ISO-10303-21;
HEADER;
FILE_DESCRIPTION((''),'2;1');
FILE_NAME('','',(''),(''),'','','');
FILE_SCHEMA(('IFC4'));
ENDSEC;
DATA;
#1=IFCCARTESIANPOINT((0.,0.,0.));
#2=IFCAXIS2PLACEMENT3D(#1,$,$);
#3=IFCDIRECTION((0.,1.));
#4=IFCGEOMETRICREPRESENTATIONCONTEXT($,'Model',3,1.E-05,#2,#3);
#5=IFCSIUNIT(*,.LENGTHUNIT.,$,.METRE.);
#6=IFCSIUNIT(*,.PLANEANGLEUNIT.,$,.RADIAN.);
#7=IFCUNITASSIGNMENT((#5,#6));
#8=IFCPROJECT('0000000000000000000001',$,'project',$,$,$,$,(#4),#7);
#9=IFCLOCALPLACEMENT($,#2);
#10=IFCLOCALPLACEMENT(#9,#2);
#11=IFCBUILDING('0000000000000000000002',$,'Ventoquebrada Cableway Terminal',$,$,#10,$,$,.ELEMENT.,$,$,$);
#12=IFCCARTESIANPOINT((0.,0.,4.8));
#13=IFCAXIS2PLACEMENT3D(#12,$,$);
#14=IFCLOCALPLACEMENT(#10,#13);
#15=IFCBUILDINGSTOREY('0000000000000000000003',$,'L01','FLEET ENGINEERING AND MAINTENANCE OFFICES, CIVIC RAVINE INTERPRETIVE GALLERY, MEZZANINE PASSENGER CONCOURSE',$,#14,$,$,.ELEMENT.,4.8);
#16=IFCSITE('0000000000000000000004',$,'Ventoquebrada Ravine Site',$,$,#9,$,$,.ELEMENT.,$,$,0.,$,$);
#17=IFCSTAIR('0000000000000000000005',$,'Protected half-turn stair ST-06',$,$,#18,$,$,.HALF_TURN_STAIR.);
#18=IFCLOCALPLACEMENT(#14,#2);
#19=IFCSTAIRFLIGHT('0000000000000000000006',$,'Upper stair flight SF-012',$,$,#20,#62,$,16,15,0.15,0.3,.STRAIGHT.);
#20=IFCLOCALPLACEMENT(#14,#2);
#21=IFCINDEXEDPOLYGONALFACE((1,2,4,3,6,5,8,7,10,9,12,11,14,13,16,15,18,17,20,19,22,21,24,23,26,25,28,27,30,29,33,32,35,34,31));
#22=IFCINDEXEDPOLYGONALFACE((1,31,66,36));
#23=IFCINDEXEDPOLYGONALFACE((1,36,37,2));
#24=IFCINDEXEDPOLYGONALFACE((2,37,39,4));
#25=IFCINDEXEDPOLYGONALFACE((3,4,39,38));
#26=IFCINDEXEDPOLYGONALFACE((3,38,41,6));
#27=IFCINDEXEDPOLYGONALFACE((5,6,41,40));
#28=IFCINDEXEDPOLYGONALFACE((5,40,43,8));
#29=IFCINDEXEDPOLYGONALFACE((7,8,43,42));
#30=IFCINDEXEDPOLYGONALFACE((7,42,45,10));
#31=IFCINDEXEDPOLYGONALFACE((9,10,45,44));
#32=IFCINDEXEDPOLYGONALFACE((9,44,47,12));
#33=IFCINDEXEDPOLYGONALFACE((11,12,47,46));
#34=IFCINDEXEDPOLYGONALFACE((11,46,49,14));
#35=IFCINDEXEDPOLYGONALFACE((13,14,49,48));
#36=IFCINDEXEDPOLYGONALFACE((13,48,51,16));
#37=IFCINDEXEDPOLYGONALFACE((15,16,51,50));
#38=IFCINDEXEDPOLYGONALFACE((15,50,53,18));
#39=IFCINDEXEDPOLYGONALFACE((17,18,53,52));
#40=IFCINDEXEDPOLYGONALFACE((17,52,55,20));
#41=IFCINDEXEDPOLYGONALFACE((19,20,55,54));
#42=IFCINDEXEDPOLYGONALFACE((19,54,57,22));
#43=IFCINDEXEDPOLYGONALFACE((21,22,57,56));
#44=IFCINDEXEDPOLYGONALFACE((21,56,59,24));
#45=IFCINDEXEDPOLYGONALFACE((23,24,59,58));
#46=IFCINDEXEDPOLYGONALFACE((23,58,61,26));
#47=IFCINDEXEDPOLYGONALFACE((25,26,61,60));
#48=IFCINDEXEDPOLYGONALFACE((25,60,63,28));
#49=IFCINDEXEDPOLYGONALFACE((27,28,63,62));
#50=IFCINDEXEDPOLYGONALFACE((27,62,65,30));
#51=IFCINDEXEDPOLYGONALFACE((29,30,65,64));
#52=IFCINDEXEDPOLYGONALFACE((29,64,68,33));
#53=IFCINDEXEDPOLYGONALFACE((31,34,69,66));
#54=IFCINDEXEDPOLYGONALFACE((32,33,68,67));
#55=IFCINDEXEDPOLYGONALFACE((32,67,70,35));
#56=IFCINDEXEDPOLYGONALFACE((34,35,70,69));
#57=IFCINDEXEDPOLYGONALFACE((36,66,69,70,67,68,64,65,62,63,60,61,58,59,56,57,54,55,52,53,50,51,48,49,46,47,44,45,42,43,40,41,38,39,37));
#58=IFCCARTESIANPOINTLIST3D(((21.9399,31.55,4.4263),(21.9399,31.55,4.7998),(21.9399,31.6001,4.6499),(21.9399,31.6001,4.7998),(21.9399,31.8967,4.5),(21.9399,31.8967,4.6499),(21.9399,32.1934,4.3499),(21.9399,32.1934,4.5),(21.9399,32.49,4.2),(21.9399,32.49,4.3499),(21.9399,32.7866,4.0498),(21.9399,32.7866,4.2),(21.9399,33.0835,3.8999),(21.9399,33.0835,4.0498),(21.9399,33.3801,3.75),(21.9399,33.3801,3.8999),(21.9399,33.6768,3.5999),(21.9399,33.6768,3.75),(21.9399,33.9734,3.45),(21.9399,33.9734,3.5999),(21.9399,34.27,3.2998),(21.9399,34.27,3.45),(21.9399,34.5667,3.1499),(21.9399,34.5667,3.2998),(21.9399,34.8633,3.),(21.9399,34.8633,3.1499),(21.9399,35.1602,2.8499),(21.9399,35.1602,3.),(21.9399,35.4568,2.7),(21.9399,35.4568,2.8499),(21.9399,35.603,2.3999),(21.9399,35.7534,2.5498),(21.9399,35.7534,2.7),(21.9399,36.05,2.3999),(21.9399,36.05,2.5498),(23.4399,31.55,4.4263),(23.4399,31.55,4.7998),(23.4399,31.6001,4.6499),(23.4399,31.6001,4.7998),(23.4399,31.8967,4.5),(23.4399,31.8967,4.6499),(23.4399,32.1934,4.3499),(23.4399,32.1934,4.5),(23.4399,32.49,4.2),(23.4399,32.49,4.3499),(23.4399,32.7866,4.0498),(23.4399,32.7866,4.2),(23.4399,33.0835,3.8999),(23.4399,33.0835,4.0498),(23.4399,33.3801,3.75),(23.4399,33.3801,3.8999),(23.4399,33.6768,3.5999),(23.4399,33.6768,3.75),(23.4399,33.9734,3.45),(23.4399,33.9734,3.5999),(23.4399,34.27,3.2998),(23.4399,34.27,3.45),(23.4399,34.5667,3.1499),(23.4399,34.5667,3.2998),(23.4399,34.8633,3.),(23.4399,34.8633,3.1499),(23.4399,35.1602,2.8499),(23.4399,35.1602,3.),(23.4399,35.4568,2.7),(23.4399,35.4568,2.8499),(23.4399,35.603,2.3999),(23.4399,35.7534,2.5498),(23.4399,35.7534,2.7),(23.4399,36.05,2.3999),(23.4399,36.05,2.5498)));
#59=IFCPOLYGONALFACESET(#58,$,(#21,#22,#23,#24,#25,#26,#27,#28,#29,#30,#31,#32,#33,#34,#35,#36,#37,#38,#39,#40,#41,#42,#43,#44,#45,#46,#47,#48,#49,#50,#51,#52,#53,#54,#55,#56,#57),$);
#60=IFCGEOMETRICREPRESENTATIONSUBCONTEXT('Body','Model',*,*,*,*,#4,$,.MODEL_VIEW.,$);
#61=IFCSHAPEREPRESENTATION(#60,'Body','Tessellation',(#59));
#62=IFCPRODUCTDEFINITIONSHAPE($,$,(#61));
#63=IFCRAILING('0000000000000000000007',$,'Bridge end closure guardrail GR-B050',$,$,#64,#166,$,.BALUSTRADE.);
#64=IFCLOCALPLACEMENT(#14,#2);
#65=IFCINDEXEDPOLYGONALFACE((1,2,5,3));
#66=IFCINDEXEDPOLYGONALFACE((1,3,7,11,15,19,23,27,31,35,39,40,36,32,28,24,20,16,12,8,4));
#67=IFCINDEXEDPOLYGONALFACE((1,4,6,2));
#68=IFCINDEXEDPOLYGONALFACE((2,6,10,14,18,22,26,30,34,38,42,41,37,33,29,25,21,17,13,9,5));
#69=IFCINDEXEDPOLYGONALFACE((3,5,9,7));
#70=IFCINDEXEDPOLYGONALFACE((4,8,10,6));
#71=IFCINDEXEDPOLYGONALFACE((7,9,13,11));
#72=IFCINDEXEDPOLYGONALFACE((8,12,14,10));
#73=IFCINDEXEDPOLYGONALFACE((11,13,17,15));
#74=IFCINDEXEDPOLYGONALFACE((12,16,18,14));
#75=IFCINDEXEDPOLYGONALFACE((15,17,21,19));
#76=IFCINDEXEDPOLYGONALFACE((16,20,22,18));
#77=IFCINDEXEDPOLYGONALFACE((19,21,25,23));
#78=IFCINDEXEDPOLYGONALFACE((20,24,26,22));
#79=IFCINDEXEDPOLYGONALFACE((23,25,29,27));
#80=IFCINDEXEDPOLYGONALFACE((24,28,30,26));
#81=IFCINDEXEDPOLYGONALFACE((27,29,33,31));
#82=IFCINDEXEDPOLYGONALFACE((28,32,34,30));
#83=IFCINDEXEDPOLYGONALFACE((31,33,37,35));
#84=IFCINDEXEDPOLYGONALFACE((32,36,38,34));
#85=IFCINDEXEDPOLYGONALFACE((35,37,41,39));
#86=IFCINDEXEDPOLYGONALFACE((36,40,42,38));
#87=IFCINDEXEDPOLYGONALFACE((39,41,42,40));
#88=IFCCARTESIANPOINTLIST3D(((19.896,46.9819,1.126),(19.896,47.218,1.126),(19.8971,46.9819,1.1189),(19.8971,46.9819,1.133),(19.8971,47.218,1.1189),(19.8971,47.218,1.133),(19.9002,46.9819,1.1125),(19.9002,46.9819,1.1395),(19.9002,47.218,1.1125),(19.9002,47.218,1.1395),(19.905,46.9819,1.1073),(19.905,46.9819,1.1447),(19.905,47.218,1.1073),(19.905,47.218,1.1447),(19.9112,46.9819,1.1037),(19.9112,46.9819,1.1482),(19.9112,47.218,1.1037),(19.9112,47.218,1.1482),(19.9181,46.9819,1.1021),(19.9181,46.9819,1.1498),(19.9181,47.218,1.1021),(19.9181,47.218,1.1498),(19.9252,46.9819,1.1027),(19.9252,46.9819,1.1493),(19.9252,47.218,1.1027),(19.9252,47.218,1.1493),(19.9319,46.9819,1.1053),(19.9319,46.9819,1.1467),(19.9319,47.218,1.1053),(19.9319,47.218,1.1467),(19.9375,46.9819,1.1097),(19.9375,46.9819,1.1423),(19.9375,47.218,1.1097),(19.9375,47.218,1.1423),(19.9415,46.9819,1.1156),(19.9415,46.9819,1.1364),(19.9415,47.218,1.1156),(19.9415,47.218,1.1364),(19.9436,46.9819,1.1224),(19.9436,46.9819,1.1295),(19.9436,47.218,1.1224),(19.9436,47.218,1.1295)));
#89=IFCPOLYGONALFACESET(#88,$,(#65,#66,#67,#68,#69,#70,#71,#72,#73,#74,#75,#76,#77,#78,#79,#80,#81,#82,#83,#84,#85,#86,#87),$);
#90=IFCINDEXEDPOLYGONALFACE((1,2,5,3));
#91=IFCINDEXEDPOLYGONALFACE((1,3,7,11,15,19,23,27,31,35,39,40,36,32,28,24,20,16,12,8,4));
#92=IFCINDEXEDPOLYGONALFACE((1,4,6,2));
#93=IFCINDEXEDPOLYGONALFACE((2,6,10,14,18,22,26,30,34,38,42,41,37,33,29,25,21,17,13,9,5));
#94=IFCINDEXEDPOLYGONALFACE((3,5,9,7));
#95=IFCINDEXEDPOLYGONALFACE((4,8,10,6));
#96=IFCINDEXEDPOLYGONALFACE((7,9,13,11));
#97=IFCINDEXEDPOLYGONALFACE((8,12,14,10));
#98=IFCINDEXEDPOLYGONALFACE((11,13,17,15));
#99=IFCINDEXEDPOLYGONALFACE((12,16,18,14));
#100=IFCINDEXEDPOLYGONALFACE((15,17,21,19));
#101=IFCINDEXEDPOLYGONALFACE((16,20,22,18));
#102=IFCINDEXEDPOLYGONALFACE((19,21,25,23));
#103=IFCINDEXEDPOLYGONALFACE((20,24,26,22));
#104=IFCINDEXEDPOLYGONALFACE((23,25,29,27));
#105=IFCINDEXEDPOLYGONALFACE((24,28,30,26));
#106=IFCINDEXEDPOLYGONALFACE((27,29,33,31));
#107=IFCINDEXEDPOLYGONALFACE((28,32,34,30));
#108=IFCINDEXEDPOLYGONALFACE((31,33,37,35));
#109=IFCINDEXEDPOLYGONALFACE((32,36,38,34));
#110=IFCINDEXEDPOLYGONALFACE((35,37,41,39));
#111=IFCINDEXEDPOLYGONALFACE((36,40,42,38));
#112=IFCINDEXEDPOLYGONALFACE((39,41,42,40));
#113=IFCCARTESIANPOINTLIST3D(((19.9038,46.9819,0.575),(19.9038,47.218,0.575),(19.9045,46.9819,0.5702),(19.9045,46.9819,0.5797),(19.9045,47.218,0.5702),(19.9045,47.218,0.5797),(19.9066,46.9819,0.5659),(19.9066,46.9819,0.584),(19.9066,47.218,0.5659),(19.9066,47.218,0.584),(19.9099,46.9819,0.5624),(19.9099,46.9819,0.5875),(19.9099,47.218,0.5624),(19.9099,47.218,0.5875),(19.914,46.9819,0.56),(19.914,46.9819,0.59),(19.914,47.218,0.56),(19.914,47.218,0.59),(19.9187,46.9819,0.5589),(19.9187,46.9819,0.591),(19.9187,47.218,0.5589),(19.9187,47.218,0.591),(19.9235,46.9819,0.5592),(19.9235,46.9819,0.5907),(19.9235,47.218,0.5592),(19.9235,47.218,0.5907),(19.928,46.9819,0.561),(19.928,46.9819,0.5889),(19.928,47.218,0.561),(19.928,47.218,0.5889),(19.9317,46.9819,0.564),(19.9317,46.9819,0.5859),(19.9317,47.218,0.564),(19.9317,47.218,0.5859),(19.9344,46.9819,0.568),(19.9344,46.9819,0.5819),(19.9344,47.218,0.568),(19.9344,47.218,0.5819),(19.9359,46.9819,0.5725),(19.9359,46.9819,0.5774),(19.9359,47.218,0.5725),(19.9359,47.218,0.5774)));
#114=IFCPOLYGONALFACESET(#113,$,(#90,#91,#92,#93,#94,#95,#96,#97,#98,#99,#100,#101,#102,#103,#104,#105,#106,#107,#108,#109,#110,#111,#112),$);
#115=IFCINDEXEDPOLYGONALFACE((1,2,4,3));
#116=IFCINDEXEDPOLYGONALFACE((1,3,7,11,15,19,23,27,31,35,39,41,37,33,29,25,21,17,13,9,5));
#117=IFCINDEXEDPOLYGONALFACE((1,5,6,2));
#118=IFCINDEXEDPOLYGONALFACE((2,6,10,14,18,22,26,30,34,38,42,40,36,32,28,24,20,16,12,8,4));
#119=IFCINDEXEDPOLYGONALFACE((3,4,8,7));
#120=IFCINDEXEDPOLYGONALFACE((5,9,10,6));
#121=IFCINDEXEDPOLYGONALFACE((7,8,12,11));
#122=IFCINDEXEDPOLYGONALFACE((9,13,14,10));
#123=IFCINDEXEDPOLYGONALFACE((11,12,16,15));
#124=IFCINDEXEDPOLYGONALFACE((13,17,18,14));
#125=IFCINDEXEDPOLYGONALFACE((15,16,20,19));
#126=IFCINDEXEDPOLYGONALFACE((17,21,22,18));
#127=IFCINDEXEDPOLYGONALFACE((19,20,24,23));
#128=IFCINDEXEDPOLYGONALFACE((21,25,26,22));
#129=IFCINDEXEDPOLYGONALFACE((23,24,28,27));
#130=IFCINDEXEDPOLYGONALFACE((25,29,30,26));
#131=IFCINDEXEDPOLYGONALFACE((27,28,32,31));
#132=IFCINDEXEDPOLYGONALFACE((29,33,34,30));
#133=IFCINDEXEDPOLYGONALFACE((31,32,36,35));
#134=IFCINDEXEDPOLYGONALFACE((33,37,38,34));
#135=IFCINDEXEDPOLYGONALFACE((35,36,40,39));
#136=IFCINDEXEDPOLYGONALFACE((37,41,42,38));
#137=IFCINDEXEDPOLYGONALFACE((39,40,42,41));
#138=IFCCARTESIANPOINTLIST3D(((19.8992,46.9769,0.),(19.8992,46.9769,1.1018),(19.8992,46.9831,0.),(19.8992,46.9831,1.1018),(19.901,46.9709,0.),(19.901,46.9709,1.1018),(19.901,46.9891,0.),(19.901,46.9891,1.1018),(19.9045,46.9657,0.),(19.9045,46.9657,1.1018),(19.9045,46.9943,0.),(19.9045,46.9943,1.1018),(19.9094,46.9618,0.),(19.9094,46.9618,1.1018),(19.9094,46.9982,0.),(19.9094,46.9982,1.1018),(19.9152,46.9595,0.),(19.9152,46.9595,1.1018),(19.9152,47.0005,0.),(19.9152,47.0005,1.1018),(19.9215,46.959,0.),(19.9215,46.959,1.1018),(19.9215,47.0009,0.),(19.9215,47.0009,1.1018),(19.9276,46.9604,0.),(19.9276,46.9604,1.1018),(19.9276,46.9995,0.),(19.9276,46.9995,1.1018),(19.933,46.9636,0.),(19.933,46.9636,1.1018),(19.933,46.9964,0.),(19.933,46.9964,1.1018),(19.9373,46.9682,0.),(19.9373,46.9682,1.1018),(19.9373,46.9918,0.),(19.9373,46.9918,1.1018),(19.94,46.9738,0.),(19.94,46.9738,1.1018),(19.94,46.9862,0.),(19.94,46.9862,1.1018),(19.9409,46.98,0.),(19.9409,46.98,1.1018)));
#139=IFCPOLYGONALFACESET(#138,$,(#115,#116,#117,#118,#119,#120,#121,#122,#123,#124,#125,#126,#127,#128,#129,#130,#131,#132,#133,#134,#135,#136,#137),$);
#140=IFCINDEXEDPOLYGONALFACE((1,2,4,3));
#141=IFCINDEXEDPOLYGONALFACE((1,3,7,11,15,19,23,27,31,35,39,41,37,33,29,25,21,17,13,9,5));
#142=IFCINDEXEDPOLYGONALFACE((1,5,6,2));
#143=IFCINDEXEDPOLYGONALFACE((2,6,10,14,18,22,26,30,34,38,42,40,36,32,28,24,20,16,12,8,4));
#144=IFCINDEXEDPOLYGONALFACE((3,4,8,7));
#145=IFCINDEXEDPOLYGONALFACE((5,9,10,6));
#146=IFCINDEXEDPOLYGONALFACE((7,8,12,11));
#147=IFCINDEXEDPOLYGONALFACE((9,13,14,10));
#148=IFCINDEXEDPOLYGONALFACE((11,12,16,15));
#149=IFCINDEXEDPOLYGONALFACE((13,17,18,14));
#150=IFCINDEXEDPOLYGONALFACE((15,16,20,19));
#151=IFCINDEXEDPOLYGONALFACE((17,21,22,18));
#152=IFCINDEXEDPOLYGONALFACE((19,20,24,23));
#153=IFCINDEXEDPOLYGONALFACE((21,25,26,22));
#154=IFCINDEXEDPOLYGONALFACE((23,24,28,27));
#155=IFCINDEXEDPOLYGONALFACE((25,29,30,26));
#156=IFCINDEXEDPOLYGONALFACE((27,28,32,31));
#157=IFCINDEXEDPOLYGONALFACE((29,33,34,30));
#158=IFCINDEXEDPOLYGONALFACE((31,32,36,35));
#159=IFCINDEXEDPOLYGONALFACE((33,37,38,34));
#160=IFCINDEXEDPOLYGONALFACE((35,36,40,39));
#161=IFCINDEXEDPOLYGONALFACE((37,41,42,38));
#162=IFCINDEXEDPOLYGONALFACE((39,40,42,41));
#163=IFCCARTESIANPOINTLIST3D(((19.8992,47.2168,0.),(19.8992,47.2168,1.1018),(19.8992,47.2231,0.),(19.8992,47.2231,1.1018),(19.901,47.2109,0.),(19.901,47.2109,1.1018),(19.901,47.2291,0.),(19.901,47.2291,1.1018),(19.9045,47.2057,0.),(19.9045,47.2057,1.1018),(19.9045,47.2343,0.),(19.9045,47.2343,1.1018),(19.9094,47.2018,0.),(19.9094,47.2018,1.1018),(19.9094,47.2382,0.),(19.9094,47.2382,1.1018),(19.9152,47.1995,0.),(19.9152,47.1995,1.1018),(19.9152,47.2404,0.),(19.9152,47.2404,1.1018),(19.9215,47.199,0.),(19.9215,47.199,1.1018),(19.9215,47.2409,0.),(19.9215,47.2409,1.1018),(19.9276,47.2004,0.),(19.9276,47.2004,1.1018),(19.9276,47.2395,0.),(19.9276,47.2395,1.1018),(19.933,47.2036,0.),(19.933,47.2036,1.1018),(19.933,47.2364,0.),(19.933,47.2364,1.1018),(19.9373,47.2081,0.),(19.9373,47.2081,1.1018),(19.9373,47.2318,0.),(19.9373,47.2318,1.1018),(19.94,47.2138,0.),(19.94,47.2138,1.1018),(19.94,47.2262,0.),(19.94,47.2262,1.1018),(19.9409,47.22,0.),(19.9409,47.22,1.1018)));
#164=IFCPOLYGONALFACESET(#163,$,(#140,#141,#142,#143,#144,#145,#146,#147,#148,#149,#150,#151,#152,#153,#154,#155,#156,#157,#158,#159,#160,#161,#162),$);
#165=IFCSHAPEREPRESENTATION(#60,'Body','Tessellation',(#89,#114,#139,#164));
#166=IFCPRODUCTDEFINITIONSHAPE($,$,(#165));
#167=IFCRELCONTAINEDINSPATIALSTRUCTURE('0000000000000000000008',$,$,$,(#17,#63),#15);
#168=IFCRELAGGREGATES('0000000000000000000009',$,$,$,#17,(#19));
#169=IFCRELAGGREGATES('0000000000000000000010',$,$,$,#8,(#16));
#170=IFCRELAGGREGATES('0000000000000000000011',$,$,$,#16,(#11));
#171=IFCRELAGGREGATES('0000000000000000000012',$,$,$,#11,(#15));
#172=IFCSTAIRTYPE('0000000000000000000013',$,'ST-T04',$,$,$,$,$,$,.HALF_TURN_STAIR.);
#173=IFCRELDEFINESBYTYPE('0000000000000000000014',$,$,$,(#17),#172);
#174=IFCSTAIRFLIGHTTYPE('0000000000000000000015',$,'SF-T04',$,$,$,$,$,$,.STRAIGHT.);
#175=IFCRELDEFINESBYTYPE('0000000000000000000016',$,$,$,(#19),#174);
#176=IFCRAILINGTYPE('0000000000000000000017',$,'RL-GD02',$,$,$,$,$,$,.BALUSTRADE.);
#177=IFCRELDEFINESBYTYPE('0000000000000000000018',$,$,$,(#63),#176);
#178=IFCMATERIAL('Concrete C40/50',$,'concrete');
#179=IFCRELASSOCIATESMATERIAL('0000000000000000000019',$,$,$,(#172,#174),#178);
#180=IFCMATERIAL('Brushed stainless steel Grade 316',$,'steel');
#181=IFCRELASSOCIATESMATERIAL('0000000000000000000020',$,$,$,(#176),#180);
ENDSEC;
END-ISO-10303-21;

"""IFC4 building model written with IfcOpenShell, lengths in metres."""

from ifc_helpers import new_model, si_unit, direction, frame, origin, origin_2d, place, context, subcontext, project, spatial, polyline, circle, outline, extrude, material, type_object, element, aggregate, save


model = new_model("IFC4")

# Units and contexts
model_context = context("Model", 3, precision=1e-05, world=origin(), true_north=direction((0.0, 1.0)))
body_context = subcontext(model_context, "Body", "Model", "MODEL_VIEW")
ifc_project = project(units=[si_unit("LENGTHUNIT", "METRE"), si_unit("PLANEANGLEUNIT", "RADIAN")], contexts=[model_context])

# Site, building, storey
site_placement = place(None, origin())
site = spatial("IfcSite", under=ifc_project, at=site_placement, Name="Ventoquebrada Ravine Site", CompositionType="ELEMENT", RefElevation=0.0)
building_placement = place(site_placement, origin())
building = spatial("IfcBuilding", under=site, at=building_placement, Name="Ventoquebrada Cableway Terminal", CompositionType="ELEMENT")
storey_placement = place(building_placement, frame((0.0, 0.0, 4.8)))
storey = spatial("IfcBuildingStorey", under=building, at=storey_placement, Name="L01", Description="FLEET ENGINEERING AND MAINTENANCE OFFICES, CIVIC RAVINE INTERPRETIVE GALLERY, MEZZANINE PASSENGER CONCOURSE", CompositionType="ELEMENT", Elevation=4.8)

# Shared definitions
ifc_material_1 = material(Name="Concrete C40/50", Category="concrete")

# Stair, stair flight
stair_type = type_object("IfcStairType", Name="ST-T04", PredefinedType="HALF_TURN_STAIR", material=ifc_material_1)
stair_placement = place(storey_placement, origin())
stair = element("IfcStair", 1, at=stair_placement, inside=storey, type_object=stair_type, Name="Protected half-turn stair ST-06", PredefinedType="HALF_TURN_STAIR")
stair_flight_type = type_object("IfcStairFlightType", Name="SF-T04", PredefinedType="STRAIGHT", material=ifc_material_1)
stair_flight_placement = place(storey_placement, frame((22.6899, 36.05, 2.3999), z_axis=(0.0, 0.0, 1.0), x_axis=(0.0, -1.0, 0.0)))
stair_flight = element("IfcStairFlight", 2, at=stair_flight_placement, type_object=stair_flight_type, Name="Upper stair flight SF-012", NumberOfRisers=16, NumberOfTreads=15, PredefinedType="STRAIGHT", RiserHeight=0.15, TreadLength=0.3, context=body_context, shape_type="SweptSolid", body=[
    extrude(outline(polyline([(0.0, 0.0), (0.0, 0.1499), (0.2966, 0.1499), (0.2966, 0.3), (0.5933, 0.3), (0.5933, 0.45), (0.8899, 0.45), (0.8899, 0.6001), (1.1868, 0.6001), (1.1868, 0.75), (1.4834, 0.75), (1.4834, 0.8999), (1.78, 0.8999), (1.78, 1.05), (2.0767, 1.05), (2.0767, 1.2), (2.3733, 1.2), (2.3733, 1.3501), (2.6699, 1.3501), (2.6699, 1.5), (2.9666, 1.5), (2.9666, 1.6499), (3.2634, 1.6499), (3.2634, 1.8), (3.5601, 1.8), (3.5601, 1.95), (3.8567, 1.95), (3.8567, 2.1001), (4.1533, 2.1001), (4.1533, 2.25), (4.45, 2.25), (4.45, 2.3999), (4.5, 2.3999), (4.5, 2.0264), (0.447, 0.0), (0.0, 0.0)])), frame((0.0, 0.75, 0.0), z_axis=(0.0, -1.0, 0.0), x_axis=(1.0, 0.0, 0.0)), (0.0, 0.0, 1.0), 1.5),
])
aggregate(stair, [stair_flight])

# Railing
ifc_material_2 = material(Name="Brushed stainless steel Grade 316", Category="steel")
railing_type_1 = type_object("IfcRailingType", Name="RL-GD02", PredefinedType="BALUSTRADE", material=ifc_material_2)
for number, where, name in (
    (3, (19.9199, 46.98, 0.0), "Bridge end closure guardrail GR-B050"),
):
    element("IfcRailing", number, at=place(storey_placement, frame(where)), inside=storey, type_object=railing_type_1, Name=name, PredefinedType="BALUSTRADE", context=body_context, shape_type="SweptSolid", body=[
        extrude(circle(Radius=0.0239, at=origin_2d()), frame((0.0, 0.002, 1.126), z_axis=(0.0, 1.0, 0.0), x_axis=(-1.0, 0.0, 0.0)), (0.0, 0.0, 1.0), 0.2361),
        extrude(circle(Radius=0.0161, at=origin_2d()), frame((0.0, 0.002, 0.575), z_axis=(0.0, 1.0, 0.0), x_axis=(-1.0, 0.0, 0.0)), (0.0, 0.0, 1.0), 0.2361),
        extrude(circle(Radius=0.021, at=origin_2d()), origin(), (0.0, 0.0, 1.0), 1.1018),
        extrude(circle(Radius=0.021, at=origin_2d()), frame((0.0, 0.24, 0.0)), (0.0, 0.0, 1.0), 1.1018),
    ])

save(model, "model.ifc")
